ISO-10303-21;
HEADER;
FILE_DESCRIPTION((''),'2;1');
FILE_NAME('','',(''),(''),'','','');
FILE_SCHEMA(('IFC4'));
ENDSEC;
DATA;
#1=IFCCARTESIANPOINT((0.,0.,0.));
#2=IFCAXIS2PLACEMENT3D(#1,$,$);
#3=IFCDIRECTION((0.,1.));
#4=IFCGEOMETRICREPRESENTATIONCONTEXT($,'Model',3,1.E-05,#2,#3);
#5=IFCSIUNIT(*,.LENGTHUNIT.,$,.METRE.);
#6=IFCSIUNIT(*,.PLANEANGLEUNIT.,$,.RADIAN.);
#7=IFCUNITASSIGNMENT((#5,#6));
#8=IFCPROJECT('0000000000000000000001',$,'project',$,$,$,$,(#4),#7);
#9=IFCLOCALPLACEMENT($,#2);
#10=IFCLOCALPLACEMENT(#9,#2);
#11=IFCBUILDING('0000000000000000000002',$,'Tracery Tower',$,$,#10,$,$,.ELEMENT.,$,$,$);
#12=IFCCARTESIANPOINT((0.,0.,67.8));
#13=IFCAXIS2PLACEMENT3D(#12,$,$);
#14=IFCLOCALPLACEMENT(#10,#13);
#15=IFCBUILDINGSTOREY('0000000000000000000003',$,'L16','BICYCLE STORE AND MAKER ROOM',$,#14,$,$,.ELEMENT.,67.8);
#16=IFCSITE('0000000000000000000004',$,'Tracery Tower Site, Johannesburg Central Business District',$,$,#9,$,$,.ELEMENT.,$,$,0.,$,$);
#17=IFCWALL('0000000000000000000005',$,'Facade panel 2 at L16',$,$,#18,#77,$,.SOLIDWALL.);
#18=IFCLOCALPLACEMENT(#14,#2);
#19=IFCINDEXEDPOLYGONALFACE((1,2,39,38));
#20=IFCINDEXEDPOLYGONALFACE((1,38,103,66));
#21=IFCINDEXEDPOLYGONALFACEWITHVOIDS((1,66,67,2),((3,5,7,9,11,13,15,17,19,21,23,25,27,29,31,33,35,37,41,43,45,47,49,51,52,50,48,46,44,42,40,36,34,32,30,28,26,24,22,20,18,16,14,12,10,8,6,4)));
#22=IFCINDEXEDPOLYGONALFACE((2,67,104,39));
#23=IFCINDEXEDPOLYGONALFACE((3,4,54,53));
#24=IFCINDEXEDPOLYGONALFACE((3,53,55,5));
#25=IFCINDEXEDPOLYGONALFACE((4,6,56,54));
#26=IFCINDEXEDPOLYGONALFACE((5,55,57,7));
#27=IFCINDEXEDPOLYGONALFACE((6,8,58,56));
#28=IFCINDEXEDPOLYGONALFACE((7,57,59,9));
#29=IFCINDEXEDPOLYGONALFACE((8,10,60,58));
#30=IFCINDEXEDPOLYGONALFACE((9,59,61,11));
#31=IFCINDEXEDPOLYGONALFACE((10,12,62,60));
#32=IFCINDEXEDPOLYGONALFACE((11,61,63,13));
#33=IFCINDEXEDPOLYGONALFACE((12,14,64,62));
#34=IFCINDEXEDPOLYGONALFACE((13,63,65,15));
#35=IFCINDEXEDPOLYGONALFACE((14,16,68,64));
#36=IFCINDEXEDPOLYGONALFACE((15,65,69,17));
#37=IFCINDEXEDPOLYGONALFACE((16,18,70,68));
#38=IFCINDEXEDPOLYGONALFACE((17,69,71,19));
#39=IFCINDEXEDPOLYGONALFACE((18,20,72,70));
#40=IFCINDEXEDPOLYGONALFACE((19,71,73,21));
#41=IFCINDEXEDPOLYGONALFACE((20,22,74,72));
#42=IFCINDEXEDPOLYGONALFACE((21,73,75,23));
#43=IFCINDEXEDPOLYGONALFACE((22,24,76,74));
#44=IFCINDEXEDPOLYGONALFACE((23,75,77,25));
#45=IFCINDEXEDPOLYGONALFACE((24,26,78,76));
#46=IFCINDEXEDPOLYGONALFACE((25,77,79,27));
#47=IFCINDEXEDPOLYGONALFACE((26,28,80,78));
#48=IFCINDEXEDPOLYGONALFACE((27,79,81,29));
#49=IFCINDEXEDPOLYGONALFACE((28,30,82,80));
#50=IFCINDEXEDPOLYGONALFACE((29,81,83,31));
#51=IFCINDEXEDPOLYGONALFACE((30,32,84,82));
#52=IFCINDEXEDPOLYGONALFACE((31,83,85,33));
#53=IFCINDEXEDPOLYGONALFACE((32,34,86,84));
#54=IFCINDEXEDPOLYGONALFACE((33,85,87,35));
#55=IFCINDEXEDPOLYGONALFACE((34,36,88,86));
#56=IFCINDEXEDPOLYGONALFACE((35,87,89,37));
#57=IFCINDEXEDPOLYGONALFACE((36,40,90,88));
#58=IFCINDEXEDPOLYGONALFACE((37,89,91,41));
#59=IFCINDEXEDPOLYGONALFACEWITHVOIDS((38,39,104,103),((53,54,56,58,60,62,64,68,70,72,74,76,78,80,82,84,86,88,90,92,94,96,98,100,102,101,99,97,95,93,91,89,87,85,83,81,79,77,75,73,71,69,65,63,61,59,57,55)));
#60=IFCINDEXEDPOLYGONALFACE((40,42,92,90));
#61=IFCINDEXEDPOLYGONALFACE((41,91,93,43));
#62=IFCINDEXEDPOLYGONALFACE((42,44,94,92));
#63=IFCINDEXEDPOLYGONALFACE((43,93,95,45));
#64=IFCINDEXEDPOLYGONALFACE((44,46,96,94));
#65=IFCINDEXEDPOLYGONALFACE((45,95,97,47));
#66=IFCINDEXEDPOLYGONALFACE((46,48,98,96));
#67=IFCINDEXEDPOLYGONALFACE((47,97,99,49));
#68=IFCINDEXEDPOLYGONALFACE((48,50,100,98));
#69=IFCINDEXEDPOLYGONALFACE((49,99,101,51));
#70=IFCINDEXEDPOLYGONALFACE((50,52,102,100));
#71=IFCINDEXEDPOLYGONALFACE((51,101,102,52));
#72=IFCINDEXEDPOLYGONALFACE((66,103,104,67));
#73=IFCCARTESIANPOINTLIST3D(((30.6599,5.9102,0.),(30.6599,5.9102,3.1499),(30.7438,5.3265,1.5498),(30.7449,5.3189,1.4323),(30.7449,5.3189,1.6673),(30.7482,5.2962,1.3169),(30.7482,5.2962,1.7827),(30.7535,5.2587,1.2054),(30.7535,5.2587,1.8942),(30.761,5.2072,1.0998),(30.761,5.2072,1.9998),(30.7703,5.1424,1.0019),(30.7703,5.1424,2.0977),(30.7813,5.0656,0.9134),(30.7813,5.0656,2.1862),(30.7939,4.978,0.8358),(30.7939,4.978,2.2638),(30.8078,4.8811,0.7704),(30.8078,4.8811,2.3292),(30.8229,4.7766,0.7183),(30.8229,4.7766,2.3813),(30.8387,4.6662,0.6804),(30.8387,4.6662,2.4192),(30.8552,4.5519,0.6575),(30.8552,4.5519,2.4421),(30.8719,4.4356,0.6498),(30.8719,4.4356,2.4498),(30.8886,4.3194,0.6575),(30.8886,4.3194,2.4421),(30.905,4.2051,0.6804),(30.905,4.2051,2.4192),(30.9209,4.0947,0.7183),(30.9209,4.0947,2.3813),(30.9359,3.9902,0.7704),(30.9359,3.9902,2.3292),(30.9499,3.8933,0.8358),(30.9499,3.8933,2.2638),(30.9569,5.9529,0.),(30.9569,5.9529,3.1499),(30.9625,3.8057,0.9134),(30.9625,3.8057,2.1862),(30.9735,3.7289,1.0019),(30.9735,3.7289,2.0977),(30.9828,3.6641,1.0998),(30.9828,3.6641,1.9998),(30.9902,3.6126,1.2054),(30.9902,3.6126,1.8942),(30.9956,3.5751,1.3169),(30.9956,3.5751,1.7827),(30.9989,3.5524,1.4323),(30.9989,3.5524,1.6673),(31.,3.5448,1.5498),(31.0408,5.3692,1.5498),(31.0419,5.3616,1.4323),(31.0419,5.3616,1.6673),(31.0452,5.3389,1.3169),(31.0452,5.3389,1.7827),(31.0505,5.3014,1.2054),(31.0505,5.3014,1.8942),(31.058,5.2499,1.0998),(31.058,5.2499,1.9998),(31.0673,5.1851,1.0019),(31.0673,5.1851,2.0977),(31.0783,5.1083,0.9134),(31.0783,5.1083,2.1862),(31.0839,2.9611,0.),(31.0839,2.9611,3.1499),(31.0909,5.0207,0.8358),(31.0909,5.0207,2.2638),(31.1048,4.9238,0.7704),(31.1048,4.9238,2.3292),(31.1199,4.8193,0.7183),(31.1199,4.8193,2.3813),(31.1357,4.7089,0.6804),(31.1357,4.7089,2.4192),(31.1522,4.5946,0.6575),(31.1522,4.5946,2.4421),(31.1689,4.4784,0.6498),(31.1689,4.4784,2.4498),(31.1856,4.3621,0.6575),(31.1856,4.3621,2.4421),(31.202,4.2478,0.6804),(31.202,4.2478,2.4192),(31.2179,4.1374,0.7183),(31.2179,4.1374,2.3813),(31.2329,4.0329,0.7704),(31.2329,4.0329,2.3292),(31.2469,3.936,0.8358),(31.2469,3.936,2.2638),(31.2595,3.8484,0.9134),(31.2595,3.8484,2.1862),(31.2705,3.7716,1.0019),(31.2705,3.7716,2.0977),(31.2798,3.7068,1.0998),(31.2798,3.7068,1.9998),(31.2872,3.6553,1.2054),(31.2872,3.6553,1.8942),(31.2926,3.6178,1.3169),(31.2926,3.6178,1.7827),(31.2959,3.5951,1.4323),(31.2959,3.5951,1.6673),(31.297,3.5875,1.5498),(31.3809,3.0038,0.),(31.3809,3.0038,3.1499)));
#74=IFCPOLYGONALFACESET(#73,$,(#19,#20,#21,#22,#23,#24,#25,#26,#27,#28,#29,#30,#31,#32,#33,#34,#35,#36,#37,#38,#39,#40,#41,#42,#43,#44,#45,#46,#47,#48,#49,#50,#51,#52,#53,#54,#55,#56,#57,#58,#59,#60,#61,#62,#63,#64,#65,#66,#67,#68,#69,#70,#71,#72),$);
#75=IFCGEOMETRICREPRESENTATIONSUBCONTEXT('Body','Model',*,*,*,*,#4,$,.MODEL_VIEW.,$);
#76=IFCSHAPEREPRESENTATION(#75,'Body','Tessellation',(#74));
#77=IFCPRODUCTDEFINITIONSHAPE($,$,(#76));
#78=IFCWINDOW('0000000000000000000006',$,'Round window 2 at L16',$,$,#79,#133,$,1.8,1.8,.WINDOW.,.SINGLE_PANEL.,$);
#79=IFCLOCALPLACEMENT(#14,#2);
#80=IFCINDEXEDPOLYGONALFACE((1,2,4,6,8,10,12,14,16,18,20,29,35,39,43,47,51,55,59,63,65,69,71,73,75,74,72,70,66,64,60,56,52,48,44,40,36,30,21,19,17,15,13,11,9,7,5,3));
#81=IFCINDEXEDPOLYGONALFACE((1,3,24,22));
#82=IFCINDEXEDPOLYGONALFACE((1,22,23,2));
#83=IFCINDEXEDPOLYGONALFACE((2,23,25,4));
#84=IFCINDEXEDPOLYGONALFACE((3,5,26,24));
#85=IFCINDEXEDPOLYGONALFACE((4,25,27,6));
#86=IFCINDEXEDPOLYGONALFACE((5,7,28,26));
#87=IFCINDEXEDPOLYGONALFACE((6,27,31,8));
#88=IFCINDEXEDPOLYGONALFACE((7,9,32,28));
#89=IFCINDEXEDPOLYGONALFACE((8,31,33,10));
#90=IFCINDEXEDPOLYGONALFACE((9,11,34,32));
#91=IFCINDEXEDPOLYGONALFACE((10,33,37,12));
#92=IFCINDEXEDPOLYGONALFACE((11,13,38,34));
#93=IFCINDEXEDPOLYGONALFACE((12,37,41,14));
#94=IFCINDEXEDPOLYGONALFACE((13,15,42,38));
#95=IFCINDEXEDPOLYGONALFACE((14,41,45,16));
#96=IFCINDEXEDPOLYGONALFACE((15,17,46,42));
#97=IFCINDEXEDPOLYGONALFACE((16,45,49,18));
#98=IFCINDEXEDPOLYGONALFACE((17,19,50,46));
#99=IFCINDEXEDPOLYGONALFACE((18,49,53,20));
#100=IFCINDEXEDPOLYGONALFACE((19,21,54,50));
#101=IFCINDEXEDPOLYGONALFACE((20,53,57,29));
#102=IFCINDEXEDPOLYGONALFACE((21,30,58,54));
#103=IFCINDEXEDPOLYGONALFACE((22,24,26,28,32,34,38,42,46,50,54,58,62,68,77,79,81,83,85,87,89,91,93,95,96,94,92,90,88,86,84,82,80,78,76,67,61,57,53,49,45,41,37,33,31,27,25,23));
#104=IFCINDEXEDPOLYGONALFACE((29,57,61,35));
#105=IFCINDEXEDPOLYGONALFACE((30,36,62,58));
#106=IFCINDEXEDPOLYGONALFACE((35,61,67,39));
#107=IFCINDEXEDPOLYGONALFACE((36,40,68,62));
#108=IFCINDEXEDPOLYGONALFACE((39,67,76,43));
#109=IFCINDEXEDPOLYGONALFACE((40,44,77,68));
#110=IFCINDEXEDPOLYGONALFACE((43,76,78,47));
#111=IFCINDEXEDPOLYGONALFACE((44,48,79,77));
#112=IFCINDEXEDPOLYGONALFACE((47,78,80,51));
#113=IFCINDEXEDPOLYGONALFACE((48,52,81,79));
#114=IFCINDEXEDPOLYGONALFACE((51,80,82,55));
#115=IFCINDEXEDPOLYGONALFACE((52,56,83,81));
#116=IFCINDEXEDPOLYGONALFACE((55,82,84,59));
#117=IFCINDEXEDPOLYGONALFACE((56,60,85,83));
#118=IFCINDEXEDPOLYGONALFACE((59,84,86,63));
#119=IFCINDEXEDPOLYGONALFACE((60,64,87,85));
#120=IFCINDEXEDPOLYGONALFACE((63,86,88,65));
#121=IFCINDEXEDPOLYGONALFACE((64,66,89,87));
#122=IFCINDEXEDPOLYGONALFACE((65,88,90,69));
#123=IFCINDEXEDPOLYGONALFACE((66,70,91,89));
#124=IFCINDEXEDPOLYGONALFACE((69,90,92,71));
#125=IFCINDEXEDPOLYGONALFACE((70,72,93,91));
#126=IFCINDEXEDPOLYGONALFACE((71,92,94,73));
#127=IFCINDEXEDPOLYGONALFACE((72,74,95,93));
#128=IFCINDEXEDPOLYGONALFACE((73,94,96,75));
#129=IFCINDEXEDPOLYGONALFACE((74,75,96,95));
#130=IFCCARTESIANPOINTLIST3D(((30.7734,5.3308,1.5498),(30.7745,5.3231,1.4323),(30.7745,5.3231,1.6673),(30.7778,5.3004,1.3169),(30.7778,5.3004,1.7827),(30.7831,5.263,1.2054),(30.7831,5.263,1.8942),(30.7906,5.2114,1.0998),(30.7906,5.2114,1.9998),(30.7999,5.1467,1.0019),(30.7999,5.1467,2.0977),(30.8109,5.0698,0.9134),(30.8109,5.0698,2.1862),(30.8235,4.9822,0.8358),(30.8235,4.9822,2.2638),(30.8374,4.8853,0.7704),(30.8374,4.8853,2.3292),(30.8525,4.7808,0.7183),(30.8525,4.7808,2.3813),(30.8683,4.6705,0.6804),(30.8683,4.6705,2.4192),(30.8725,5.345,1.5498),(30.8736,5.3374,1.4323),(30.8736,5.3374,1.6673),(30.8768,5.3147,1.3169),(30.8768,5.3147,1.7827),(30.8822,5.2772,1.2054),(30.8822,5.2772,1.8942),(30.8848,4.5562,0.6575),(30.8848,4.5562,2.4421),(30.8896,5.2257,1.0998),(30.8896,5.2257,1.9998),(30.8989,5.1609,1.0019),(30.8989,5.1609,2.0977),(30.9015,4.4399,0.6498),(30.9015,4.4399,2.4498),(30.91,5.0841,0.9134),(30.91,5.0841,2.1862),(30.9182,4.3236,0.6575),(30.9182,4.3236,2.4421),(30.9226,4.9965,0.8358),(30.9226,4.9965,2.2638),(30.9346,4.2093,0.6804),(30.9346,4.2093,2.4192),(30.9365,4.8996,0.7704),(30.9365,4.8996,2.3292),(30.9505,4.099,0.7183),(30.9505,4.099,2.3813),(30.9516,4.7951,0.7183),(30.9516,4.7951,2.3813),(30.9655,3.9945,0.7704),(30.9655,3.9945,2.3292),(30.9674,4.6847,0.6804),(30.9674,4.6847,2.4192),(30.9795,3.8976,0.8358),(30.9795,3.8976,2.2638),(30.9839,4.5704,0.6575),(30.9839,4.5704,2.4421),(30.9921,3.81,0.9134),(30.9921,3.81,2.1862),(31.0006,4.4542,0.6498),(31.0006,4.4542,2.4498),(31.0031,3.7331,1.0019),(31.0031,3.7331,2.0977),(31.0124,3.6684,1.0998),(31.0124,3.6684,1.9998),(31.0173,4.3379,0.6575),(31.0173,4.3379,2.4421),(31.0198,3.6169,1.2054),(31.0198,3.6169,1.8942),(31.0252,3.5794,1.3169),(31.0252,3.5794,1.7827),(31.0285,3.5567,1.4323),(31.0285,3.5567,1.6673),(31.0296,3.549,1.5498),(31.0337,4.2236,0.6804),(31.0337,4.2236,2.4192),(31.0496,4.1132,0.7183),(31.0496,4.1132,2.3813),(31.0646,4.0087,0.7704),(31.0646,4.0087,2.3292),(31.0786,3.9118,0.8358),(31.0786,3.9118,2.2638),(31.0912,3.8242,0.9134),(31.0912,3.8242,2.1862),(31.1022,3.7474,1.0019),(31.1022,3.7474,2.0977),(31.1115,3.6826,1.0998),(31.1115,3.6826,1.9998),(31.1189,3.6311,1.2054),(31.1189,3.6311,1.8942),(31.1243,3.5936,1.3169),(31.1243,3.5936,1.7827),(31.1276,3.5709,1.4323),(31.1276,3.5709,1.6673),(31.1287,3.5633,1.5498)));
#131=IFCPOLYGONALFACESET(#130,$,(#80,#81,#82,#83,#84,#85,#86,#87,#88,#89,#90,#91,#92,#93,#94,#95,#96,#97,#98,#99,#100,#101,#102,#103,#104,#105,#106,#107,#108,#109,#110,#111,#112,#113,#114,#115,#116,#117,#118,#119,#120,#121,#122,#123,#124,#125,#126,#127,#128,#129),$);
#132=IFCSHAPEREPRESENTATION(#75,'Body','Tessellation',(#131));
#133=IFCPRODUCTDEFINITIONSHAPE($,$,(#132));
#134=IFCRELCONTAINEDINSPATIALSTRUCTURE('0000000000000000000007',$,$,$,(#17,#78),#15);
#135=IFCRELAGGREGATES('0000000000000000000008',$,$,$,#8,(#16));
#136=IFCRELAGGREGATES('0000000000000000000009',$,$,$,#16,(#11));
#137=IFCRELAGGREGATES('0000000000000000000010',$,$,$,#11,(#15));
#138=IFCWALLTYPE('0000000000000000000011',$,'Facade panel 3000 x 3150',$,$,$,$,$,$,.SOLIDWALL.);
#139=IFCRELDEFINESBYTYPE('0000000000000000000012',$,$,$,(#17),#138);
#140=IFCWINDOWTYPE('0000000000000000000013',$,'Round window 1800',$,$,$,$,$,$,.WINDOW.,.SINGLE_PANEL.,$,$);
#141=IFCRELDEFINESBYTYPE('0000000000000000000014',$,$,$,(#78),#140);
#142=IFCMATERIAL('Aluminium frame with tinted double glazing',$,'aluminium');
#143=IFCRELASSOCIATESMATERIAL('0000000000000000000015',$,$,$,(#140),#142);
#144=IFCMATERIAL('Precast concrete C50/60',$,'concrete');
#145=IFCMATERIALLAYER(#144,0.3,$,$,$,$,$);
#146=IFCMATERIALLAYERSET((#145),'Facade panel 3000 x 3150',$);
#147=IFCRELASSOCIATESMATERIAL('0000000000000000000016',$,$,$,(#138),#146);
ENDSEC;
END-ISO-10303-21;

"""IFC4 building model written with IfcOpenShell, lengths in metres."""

from ifc_helpers import new_model, si_unit, direction, frame, frame_2d, origin, origin_2d, place, context, subcontext, project, spatial, rectangle, circle, extrude, material, layer, layer_set, type_object, element, fill, save


model = new_model("IFC4")

# Units and contexts
model_context = context("Model", 3, precision=1e-05, world=origin(), true_north=direction((0.0, 1.0)))
body_context = subcontext(model_context, "Body", "Model", "MODEL_VIEW")
ifc_project = project(units=[si_unit("LENGTHUNIT", "METRE"), si_unit("PLANEANGLEUNIT", "RADIAN")], contexts=[model_context])

# Site, building, storey
site_placement = place(None, origin())
site = spatial("IfcSite", under=ifc_project, at=site_placement, Name="Tracery Tower Site, Johannesburg Central Business District", CompositionType="ELEMENT", RefElevation=0.0)
building_placement = place(site_placement, origin())
building = spatial("IfcBuilding", under=site, at=building_placement, Name="Tracery Tower", CompositionType="ELEMENT")
storey_placement = place(building_placement, frame((0.0, 0.0, 67.8)))
storey = spatial("IfcBuildingStorey", under=building, at=storey_placement, Name="L16", Description="BICYCLE STORE AND MAKER ROOM", CompositionType="ELEMENT", Elevation=67.8)

# Wall, opening, window
ifc_material_1 = material(Name="Aluminium frame with tinted double glazing", Category="aluminium")
window_type = type_object("IfcWindowType", Name="Round window 1800", PartitioningType="SINGLE_PANEL", PredefinedType="WINDOW", material=ifc_material_1)
ifc_material_2 = material(Name="Precast concrete C50/60", Category="concrete")
ifc_layer_1 = layer(ifc_material_2, 0.3)
ifc_layer_set_1 = layer_set([ifc_layer_1], Name="Facade panel 3000 x 3150")
wall_type_1 = type_object("IfcWallType", Name="Facade panel 3000 x 3150", PredefinedType="SOLIDWALL", material=ifc_layer_set_1)
wall_1_placement = place(storey_placement, frame((31.2324, 2.9824, 0.0), z_axis=(0.0, 0.0, 1.0), x_axis=(-0.142328, 0.98982, 0.0)))
wall_1 = element("IfcWall", 1, at=wall_1_placement, inside=storey, type_object=wall_type_1, Name="Facade panel 2 at L16", PredefinedType="SOLIDWALL", context=body_context, shape_type="SweptSolid", body=[
    extrude(rectangle(XDim=2.9795, YDim=0.3, at=frame_2d((1.4897, 0.0))), origin(), (0.0, 0.0, 1.0), 3.1499),
])
opening_1_placement = place(wall_1_placement, frame((1.4897, 0.0, 1.5498)))
opening_1 = element("IfcOpeningElement", 2, at=opening_1_placement, cuts=wall_1, PredefinedType="OPENING", context=body_context, shape_type="SweptSolid", body=[
    extrude(circle(Radius=0.9, at=origin_2d()), frame((0.0, 0.1599, 0.0), z_axis=(0.0, -1.0, 0.0), x_axis=(1.0, 0.0, 0.0)), (0.0, 0.0, 1.0), 0.3201),
])
window_1_placement = place(opening_1_placement, origin())
window_1 = element("IfcWindow", 3, at=window_1_placement, inside=storey, type_object=window_type, Name="Round window 2 at L16", OverallHeight=1.8, OverallWidth=1.8, PartitioningType="SINGLE_PANEL", PredefinedType="WINDOW", context=body_context, shape_type="SweptSolid", body=[
    extrude(circle(Radius=0.9, at=origin_2d()), frame((0.0, 0.1201, 0.0), z_axis=(0.0, -1.0, 0.0), x_axis=(1.0, 0.0, 0.0)), (0.0, 0.0, 1.0), 0.1001),
])
fill(opening_1, window_1)

save(model, "model.ifc")
